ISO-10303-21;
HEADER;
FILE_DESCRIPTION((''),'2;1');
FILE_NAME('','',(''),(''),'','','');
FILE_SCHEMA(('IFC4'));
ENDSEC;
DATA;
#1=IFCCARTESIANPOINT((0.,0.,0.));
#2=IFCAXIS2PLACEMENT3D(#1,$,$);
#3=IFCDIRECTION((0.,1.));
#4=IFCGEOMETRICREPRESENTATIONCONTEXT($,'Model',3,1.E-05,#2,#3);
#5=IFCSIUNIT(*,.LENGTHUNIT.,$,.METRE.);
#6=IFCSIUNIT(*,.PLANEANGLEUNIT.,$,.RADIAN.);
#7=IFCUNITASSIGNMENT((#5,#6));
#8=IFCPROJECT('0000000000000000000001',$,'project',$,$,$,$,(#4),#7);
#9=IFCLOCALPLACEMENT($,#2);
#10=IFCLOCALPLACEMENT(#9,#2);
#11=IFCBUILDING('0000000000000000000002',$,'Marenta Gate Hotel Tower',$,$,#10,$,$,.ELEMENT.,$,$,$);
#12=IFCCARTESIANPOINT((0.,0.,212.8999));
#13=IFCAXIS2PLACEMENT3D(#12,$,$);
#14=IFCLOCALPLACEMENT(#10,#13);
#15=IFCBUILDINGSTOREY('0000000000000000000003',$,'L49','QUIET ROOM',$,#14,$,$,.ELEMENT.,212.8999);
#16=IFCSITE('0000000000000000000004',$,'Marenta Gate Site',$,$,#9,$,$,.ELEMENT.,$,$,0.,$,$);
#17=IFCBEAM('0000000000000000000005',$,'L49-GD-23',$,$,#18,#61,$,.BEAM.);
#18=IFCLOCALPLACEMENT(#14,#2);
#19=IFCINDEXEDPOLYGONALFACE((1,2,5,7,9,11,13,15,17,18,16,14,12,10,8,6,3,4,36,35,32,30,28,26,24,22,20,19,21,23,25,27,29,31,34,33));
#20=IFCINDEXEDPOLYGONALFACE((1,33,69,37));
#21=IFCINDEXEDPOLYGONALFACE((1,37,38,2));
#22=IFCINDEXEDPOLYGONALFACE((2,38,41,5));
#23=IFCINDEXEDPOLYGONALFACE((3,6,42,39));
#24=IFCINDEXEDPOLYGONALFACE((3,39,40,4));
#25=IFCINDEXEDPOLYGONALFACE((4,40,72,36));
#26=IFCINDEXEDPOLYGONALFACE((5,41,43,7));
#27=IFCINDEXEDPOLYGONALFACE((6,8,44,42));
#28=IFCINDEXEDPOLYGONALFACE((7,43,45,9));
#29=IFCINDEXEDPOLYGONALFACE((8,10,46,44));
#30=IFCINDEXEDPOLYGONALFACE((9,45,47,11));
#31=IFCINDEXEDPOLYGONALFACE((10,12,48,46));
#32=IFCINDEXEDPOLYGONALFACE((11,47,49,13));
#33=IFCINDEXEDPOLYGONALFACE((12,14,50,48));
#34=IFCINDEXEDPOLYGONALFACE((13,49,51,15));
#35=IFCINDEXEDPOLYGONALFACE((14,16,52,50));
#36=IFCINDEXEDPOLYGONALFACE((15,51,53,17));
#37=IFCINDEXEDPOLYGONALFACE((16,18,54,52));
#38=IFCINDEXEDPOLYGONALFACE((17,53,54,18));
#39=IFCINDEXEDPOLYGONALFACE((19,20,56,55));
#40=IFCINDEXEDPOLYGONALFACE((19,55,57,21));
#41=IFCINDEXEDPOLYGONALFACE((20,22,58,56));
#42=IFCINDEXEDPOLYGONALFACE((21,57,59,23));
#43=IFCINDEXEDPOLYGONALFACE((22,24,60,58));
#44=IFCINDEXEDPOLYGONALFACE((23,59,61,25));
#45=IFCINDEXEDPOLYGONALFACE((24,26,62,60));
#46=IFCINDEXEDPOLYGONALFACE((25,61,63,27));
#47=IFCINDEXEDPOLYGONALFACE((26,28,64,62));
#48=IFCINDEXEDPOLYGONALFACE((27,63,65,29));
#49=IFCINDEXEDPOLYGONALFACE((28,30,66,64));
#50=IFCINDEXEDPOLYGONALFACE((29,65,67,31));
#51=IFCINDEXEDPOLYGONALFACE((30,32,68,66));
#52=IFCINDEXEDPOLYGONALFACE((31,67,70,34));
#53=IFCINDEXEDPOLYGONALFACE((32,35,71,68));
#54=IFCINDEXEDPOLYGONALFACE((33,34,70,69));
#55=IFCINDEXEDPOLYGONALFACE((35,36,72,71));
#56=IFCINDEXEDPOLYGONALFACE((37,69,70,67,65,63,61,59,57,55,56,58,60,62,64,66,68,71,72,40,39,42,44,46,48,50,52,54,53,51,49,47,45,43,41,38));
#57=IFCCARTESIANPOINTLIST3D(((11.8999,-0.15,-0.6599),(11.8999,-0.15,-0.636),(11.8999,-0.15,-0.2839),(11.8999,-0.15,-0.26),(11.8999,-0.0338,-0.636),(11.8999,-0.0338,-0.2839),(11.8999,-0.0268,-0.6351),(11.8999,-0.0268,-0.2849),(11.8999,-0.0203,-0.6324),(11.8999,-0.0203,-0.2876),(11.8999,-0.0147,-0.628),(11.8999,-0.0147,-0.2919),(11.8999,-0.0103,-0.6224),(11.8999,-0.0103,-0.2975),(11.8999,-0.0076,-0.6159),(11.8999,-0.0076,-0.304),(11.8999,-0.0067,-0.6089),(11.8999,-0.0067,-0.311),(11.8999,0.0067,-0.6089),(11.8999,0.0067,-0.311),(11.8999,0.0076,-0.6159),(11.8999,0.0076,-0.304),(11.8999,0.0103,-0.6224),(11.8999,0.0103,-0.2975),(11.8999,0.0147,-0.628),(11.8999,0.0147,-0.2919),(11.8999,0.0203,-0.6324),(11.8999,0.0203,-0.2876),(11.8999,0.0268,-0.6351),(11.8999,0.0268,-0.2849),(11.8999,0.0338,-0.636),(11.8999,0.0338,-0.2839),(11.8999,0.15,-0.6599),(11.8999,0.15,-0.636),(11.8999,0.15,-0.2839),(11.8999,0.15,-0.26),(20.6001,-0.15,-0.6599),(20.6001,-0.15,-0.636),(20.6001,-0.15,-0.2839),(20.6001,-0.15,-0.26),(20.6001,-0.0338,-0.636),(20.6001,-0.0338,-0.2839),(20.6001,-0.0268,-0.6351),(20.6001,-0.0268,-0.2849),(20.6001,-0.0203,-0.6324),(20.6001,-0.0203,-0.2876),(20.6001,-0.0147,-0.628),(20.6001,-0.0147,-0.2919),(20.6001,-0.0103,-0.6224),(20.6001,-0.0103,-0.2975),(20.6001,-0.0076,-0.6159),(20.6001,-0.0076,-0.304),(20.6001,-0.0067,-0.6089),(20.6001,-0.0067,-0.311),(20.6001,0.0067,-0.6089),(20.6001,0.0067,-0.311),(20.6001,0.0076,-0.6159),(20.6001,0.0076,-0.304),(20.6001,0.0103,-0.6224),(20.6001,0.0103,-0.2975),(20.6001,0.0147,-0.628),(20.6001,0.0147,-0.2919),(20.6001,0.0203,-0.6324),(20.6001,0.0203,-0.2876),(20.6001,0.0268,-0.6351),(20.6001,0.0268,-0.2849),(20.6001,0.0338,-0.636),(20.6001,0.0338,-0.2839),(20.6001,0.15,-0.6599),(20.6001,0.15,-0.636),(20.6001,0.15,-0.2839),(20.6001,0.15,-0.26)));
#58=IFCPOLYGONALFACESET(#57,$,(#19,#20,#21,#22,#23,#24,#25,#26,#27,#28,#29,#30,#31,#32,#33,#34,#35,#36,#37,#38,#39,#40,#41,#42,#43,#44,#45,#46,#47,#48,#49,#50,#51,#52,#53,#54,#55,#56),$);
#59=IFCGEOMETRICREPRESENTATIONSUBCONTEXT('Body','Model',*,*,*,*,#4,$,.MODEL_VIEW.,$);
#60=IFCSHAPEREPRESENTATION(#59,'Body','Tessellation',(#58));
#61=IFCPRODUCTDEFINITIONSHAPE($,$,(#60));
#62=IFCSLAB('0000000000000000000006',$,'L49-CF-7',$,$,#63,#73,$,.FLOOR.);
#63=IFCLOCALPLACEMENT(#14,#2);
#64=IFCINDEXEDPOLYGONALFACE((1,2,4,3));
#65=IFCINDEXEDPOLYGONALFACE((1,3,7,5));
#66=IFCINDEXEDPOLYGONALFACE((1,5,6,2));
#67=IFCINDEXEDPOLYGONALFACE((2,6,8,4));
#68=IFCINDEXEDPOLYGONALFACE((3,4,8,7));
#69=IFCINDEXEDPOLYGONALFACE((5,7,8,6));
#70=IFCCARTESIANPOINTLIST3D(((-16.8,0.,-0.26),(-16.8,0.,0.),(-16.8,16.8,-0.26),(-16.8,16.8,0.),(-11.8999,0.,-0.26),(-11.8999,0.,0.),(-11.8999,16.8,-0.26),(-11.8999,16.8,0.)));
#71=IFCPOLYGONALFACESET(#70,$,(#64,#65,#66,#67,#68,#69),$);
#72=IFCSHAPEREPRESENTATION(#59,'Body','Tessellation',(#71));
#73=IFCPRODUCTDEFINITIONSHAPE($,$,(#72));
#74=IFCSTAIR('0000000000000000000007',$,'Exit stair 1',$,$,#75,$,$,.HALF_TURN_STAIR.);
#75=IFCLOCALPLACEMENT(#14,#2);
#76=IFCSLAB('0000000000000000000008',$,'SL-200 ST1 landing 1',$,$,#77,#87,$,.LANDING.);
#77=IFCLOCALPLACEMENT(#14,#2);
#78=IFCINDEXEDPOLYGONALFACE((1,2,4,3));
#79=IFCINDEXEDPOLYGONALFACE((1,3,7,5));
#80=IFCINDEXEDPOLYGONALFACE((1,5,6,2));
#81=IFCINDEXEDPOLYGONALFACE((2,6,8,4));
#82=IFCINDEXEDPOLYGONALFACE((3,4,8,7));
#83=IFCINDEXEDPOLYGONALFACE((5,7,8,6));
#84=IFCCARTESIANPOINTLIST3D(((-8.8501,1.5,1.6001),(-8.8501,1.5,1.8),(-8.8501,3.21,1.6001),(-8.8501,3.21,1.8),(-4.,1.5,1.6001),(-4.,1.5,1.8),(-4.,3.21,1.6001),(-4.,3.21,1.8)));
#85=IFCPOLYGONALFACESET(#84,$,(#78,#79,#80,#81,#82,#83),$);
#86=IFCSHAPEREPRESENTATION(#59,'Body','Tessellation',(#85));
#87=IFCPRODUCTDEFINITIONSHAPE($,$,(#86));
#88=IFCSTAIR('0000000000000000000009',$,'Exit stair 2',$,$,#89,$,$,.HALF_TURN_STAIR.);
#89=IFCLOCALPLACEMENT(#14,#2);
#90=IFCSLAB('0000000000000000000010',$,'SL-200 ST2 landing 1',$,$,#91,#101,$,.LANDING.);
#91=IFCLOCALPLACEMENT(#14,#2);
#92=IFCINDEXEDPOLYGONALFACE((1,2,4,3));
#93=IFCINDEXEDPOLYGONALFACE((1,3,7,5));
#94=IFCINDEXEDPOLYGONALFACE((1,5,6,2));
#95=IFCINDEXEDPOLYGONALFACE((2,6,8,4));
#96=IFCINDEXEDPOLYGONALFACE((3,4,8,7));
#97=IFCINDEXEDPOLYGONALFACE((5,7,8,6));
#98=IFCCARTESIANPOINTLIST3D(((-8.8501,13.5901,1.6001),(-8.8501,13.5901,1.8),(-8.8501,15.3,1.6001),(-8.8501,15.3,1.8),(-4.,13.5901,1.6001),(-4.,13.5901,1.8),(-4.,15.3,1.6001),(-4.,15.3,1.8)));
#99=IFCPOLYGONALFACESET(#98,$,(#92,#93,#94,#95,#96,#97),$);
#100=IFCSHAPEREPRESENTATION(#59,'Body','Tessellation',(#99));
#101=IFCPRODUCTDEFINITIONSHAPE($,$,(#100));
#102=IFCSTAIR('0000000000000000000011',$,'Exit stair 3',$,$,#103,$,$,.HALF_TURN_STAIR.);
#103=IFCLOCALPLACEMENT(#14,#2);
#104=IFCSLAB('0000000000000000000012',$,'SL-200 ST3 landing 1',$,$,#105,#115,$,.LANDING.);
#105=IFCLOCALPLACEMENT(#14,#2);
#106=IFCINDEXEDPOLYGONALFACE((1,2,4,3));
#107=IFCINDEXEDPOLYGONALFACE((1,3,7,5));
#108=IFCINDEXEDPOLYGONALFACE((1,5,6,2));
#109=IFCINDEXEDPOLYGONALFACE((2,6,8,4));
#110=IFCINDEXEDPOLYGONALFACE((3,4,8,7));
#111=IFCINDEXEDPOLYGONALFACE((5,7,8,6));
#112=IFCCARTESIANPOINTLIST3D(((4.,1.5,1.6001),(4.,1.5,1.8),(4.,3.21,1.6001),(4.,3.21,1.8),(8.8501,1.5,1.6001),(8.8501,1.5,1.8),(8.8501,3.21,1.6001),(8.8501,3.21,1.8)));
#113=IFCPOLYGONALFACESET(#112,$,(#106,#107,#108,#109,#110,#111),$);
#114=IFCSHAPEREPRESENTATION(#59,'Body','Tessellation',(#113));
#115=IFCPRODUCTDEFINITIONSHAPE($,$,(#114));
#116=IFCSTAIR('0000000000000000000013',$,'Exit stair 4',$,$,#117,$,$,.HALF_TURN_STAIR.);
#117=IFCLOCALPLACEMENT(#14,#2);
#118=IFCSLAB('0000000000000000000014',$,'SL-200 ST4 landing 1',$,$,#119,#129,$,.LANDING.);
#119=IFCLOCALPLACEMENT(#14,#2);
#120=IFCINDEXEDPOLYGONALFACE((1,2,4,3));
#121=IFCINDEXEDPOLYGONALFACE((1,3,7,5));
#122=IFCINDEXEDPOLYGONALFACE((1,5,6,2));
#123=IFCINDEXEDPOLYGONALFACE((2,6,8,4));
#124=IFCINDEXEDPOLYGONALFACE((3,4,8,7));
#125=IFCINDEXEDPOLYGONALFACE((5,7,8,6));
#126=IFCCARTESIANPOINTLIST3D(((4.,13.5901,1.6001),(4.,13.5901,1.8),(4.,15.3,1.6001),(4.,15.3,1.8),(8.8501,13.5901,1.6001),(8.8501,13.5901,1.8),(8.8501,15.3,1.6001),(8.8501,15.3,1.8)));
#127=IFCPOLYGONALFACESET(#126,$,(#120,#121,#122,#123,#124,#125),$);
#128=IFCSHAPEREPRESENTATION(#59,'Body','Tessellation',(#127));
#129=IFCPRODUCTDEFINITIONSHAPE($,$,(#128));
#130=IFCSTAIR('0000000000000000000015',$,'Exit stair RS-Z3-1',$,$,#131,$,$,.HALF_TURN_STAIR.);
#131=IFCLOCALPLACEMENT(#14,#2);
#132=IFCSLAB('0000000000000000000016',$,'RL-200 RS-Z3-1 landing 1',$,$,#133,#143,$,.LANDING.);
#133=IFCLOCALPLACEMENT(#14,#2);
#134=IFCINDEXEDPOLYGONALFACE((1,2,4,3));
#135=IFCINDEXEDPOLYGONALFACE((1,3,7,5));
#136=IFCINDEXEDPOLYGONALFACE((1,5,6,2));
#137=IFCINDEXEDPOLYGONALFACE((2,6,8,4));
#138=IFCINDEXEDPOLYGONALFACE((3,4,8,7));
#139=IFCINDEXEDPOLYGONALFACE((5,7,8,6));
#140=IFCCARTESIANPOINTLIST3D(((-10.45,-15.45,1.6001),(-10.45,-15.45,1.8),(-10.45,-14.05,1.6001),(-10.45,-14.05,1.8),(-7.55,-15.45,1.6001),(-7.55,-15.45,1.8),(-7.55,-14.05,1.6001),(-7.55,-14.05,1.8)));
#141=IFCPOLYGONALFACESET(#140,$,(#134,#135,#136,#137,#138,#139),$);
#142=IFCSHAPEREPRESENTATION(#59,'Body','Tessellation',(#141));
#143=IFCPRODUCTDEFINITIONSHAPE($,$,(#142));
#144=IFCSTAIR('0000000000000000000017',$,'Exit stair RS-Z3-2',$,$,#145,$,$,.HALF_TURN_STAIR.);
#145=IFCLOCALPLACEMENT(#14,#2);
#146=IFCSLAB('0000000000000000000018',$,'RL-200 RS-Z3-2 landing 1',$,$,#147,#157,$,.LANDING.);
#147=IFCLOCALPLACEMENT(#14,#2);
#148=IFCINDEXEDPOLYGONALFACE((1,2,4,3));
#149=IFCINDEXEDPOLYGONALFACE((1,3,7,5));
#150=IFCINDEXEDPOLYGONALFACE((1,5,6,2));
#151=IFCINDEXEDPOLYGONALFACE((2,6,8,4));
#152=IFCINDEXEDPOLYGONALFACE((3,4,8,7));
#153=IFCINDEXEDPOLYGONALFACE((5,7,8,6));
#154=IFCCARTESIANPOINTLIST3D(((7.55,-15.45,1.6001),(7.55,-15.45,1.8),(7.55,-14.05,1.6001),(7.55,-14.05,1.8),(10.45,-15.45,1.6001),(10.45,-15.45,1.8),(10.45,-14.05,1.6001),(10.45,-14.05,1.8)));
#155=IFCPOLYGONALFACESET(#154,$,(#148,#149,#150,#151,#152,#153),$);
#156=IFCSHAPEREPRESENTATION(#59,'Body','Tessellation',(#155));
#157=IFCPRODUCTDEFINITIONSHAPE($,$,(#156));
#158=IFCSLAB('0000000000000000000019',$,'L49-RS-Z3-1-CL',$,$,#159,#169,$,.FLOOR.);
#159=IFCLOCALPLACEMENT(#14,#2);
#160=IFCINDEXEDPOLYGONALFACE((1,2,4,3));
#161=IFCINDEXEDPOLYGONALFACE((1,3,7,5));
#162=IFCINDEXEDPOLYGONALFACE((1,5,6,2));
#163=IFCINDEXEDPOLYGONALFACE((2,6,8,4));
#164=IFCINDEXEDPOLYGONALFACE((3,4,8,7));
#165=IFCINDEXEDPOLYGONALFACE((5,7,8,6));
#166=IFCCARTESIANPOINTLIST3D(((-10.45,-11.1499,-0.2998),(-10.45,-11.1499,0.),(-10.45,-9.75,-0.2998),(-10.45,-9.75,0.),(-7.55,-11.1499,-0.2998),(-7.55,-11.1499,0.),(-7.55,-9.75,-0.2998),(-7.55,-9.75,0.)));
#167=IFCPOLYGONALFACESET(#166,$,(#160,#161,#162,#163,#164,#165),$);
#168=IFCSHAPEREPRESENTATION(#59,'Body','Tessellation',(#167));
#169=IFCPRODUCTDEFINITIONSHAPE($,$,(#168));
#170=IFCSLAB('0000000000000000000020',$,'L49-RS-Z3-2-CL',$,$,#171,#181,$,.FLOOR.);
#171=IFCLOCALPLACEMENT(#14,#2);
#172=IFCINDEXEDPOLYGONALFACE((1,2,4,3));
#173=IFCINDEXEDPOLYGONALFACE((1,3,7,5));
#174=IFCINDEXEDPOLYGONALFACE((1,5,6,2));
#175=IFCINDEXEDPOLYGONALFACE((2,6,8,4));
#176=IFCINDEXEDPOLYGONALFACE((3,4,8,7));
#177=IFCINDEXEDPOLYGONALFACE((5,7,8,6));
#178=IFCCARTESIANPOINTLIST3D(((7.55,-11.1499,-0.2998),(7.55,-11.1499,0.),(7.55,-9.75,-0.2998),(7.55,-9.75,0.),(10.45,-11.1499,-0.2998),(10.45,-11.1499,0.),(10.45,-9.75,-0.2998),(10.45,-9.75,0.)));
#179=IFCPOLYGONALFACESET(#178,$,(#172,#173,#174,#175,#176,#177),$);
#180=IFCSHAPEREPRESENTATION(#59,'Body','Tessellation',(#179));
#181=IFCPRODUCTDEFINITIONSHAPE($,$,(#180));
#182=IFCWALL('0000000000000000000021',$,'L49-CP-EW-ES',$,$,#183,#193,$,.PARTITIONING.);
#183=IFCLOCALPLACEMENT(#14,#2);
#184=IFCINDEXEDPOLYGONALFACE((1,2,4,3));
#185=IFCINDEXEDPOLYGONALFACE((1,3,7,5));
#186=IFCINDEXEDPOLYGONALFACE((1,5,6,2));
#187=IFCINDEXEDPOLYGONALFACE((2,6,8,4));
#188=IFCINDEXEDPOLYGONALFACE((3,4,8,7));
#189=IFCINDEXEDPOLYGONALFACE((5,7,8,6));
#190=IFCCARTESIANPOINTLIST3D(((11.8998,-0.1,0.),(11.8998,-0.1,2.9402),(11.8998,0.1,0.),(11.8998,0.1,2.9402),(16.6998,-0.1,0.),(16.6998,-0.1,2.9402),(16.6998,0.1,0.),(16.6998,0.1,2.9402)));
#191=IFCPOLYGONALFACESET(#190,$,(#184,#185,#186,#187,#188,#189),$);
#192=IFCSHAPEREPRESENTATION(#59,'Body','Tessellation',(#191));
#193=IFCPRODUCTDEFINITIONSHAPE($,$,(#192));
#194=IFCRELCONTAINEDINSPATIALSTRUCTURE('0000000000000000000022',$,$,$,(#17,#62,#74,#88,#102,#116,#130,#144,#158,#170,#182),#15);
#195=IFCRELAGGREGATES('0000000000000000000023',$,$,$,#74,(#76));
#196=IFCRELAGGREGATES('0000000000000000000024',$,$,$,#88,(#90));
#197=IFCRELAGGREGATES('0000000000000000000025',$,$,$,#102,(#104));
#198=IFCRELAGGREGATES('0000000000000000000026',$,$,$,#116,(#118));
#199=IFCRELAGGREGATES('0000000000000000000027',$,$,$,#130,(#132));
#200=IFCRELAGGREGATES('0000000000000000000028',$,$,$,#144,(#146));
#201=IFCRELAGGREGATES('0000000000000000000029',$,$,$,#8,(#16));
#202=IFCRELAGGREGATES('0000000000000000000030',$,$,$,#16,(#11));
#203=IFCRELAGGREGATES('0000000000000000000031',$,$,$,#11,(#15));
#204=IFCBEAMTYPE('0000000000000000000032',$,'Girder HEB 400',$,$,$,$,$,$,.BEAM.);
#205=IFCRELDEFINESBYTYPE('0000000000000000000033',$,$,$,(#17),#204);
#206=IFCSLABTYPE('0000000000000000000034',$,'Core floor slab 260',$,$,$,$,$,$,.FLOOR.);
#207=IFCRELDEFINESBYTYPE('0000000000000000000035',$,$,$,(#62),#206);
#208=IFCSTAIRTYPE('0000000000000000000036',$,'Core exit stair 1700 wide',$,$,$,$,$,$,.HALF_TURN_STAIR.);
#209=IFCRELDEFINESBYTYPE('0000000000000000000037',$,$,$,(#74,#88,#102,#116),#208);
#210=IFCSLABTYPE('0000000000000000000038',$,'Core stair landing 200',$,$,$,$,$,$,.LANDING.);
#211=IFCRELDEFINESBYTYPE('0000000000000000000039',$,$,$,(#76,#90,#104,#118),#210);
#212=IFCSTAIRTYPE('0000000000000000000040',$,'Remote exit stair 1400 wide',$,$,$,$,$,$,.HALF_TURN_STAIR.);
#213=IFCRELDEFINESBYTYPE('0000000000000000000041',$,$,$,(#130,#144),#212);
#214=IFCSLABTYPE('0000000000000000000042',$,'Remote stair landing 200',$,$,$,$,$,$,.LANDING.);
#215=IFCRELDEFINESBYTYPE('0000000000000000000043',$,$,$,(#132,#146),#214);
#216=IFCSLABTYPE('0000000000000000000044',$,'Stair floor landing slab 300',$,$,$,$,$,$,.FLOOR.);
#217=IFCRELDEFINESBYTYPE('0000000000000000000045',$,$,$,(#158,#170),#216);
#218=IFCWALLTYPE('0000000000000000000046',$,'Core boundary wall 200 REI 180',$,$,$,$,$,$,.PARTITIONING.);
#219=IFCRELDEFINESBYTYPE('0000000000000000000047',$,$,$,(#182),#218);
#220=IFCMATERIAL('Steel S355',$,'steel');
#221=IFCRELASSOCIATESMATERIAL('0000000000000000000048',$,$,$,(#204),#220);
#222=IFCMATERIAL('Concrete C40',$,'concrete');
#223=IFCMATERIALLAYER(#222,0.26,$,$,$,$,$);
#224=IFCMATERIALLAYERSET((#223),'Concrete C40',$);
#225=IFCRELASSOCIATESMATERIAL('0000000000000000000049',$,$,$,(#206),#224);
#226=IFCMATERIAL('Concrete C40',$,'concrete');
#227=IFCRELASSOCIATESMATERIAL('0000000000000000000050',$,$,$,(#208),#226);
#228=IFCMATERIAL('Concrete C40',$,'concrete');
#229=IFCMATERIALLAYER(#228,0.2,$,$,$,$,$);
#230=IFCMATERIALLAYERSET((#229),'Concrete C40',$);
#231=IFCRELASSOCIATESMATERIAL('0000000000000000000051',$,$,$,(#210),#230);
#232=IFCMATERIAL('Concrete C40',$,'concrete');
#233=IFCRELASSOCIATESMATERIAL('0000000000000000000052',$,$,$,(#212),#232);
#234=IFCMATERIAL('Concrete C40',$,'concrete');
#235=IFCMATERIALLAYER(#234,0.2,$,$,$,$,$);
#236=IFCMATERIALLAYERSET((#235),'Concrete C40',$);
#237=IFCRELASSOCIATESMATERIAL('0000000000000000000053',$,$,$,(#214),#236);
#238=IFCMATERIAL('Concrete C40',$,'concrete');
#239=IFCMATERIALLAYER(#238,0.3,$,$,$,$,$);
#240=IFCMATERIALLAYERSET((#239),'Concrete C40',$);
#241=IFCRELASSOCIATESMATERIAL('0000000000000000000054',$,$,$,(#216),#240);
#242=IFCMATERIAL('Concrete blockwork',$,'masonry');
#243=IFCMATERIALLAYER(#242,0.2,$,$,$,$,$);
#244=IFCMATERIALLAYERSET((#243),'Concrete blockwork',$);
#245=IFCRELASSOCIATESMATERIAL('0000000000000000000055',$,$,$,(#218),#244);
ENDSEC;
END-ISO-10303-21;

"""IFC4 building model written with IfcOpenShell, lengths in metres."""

from ifc_helpers import new_model, si_unit, direction, frame, frame_2d, origin, origin_2d, place, context, subcontext, project, spatial, polyline, rectangle, i_section, outline, extrude, material, layer, layer_set, material_profile, profile_set, type_object, element, aggregate, save


model = new_model("IFC4")

# Units and contexts
model_context = context("Model", 3, precision=1e-05, world=origin(), true_north=direction((0.0, 1.0)))
body_context = subcontext(model_context, "Body", "Model", "MODEL_VIEW")
ifc_project = project(units=[si_unit("LENGTHUNIT", "METRE"), si_unit("PLANEANGLEUNIT", "RADIAN")], contexts=[model_context])

# Site, building, storey
site_placement = place(None, origin())
site = spatial("IfcSite", under=ifc_project, at=site_placement, Name="Marenta Gate Site", CompositionType="ELEMENT", RefElevation=0.0)
building_placement = place(site_placement, origin())
building = spatial("IfcBuilding", under=site, at=building_placement, Name="Marenta Gate Hotel Tower", CompositionType="ELEMENT")
storey_placement = place(building_placement, frame((0.0, 0.0, 212.8999)))
storey = spatial("IfcBuildingStorey", under=building, at=storey_placement, Name="L49", Description="QUIET ROOM", CompositionType="ELEMENT", Elevation=212.8999)

# Beam
ifc_material_1 = material(Name="Steel S355", Category="steel")
ifc_material_profile = material_profile(ifc_material_1, i_section(OverallWidth=0.3, OverallDepth=0.3999, WebThickness=0.0134, FlangeThickness=0.0239, FilletRadius=0.0271, at=origin_2d()), Name="HEB 400")
ifc_profile_set = profile_set([ifc_material_profile], Name="Steel S355")
beam_type = type_object("IfcBeamType", Name="Girder HEB 400", PredefinedType="BEAM", material=ifc_profile_set)
beam_placement = place(storey_placement, frame((11.8999, 0.0, -0.46), z_axis=(1.0, 0.0, 0.0), x_axis=(0.0, 1.0, 0.0)))
element("IfcBeam", 1, at=beam_placement, inside=storey, type_object=beam_type, Name="L49-GD-23", PredefinedType="BEAM", context=body_context, shape_type="SweptSolid", body=[
    extrude(i_section(OverallWidth=0.3, OverallDepth=0.3999, WebThickness=0.0134, FlangeThickness=0.0239, FilletRadius=0.0271, at=origin_2d()), origin(), (0.0, 0.0, 1.0), 8.7002),
])

# Slab
ifc_material_2 = material(Name="Concrete C40", Category="concrete")
ifc_layer_1 = layer(ifc_material_2, 0.26)
ifc_layer_set_1 = layer_set([ifc_layer_1], Name="Concrete C40")
slab_type_1 = type_object("IfcSlabType", Name="Core floor slab 260", PredefinedType="FLOOR", material=ifc_layer_set_1)
slab_1_placement = place(storey_placement, frame((0.0, 0.0, -0.26)))
element("IfcSlab", 2, at=slab_1_placement, inside=storey, type_object=slab_type_1, Name="L49-CF-7", PredefinedType="FLOOR", context=body_context, shape_type="SweptSolid", body=[
    extrude(outline(polyline([(-11.8999, 16.8), (-11.8999, 0.0), (-16.8, 0.0), (-16.8, 16.8), (-11.8999, 16.8)])), origin(), (0.0, 0.0, 1.0), 0.26),
])

# Stairs, slabs
ifc_material_3 = material(Name="Concrete C40", Category="concrete")
stair_type_1 = type_object("IfcStairType", Name="Core exit stair 1700 wide", PredefinedType="HALF_TURN_STAIR", material=ifc_material_3)
stair_1_placement = place(storey_placement, origin())
stair_1 = element("IfcStair", 3, at=stair_1_placement, inside=storey, type_object=stair_type_1, Name="Exit stair 1", PredefinedType="HALF_TURN_STAIR")
ifc_material_4 = material(Name="Concrete C40", Category="concrete")
ifc_layer_2 = layer(ifc_material_4, 0.2)
ifc_layer_set_2 = layer_set([ifc_layer_2], Name="Concrete C40")
slab_type_2 = type_object("IfcSlabType", Name="Core stair landing 200", PredefinedType="LANDING", material=ifc_layer_set_2)
slab_2_placement = place(storey_placement, frame((0.0, 0.0, 1.6001)))
slab_2 = element("IfcSlab", 4, at=slab_2_placement, type_object=slab_type_2, Name="SL-200 ST1 landing 1", PredefinedType="LANDING", context=body_context, shape_type="SweptSolid", body=[
    extrude(outline(polyline([(-8.8501, 1.5), (-4.0, 1.5), (-4.0, 3.21), (-8.8501, 3.21), (-8.8501, 1.5)])), origin(), (0.0, 0.0, 1.0), 0.2),
])
aggregate(stair_1, [slab_2])
stair_2_placement = place(storey_placement, origin())
stair_2 = element("IfcStair", 5, at=stair_2_placement, inside=storey, type_object=stair_type_1, Name="Exit stair 2", PredefinedType="HALF_TURN_STAIR")
slab_3_placement = place(storey_placement, frame((0.0, 0.0, 1.6001)))
slab_3 = element("IfcSlab", 6, at=slab_3_placement, type_object=slab_type_2, Name="SL-200 ST2 landing 1", PredefinedType="LANDING", context=body_context, shape_type="SweptSolid", body=[
    extrude(outline(polyline([(-8.8501, 13.5901), (-4.0, 13.5901), (-4.0, 15.3), (-8.8501, 15.3), (-8.8501, 13.5901)])), origin(), (0.0, 0.0, 1.0), 0.2),
])
aggregate(stair_2, [slab_3])
stair_3_placement = place(storey_placement, origin())
stair_3 = element("IfcStair", 7, at=stair_3_placement, inside=storey, type_object=stair_type_1, Name="Exit stair 3", PredefinedType="HALF_TURN_STAIR")
slab_4_placement = place(storey_placement, frame((0.0, 0.0, 1.6001)))
slab_4 = element("IfcSlab", 8, at=slab_4_placement, type_object=slab_type_2, Name="SL-200 ST3 landing 1", PredefinedType="LANDING", context=body_context, shape_type="SweptSolid", body=[
    extrude(outline(polyline([(4.0, 1.5), (8.8501, 1.5), (8.8501, 3.21), (4.0, 3.21), (4.0, 1.5)])), origin(), (0.0, 0.0, 1.0), 0.2),
])
aggregate(stair_3, [slab_4])
stair_4_placement = place(storey_placement, origin())
stair_4 = element("IfcStair", 9, at=stair_4_placement, inside=storey, type_object=stair_type_1, Name="Exit stair 4", PredefinedType="HALF_TURN_STAIR")
slab_5_placement = place(storey_placement, frame((0.0, 0.0, 1.6001)))
slab_5 = element("IfcSlab", 10, at=slab_5_placement, type_object=slab_type_2, Name="SL-200 ST4 landing 1", PredefinedType="LANDING", context=body_context, shape_type="SweptSolid", body=[
    extrude(outline(polyline([(4.0, 13.5901), (8.8501, 13.5901), (8.8501, 15.3), (4.0, 15.3), (4.0, 13.5901)])), origin(), (0.0, 0.0, 1.0), 0.2),
])
aggregate(stair_4, [slab_5])
ifc_material_5 = material(Name="Concrete C40", Category="concrete")
stair_type_2 = type_object("IfcStairType", Name="Remote exit stair 1400 wide", PredefinedType="HALF_TURN_STAIR", material=ifc_material_5)
stair_5_placement = place(storey_placement, origin())
stair_5 = element("IfcStair", 11, at=stair_5_placement, inside=storey, type_object=stair_type_2, Name="Exit stair RS-Z3-1", PredefinedType="HALF_TURN_STAIR")
ifc_material_6 = material(Name="Concrete C40", Category="concrete")
ifc_layer_3 = layer(ifc_material_6, 0.2)
ifc_layer_set_3 = layer_set([ifc_layer_3], Name="Concrete C40")
slab_type_3 = type_object("IfcSlabType", Name="Remote stair landing 200", PredefinedType="LANDING", material=ifc_layer_set_3)
slab_6_placement = place(storey_placement, frame((0.0, 0.0, 1.6001)))
slab_6 = element("IfcSlab", 12, at=slab_6_placement, type_object=slab_type_3, Name="RL-200 RS-Z3-1 landing 1", PredefinedType="LANDING", context=body_context, shape_type="SweptSolid", body=[
    extrude(outline(polyline([(-10.45, -15.45), (-7.55, -15.45), (-7.55, -14.05), (-10.45, -14.05), (-10.45, -15.45)])), origin(), (0.0, 0.0, 1.0), 0.2),
])
aggregate(stair_5, [slab_6])
stair_6_placement = place(storey_placement, origin())
stair_6 = element("IfcStair", 13, at=stair_6_placement, inside=storey, type_object=stair_type_2, Name="Exit stair RS-Z3-2", PredefinedType="HALF_TURN_STAIR")
slab_7_placement = place(storey_placement, frame((0.0, 0.0, 1.6001)))
slab_7 = element("IfcSlab", 14, at=slab_7_placement, type_object=slab_type_3, Name="RL-200 RS-Z3-2 landing 1", PredefinedType="LANDING", context=body_context, shape_type="SweptSolid", body=[
    extrude(outline(polyline([(7.55, -15.45), (10.45, -15.45), (10.45, -14.05), (7.55, -14.05), (7.55, -15.45)])), origin(), (0.0, 0.0, 1.0), 0.2),
])
aggregate(stair_6, [slab_7])

# Slabs
ifc_material_7 = material(Name="Concrete C40", Category="concrete")
ifc_layer_4 = layer(ifc_material_7, 0.3)
ifc_layer_set_4 = layer_set([ifc_layer_4], Name="Concrete C40")
slab_type_4 = type_object("IfcSlabType", Name="Stair floor landing slab 300", PredefinedType="FLOOR", material=ifc_layer_set_4)
slab_8_placement = place(storey_placement, frame((0.0, 0.0, -0.2998)))
element("IfcSlab", 15, at=slab_8_placement, inside=storey, type_object=slab_type_4, Name="L49-RS-Z3-1-CL", PredefinedType="FLOOR", context=body_context, shape_type="SweptSolid", body=[
    extrude(outline(polyline([(-7.55, -11.1499), (-7.55, -9.75), (-10.45, -9.75), (-10.45, -11.1499), (-7.55, -11.1499)])), origin(), (0.0, 0.0, 1.0), 0.2998),
])
slab_9_placement = place(storey_placement, frame((0.0, 0.0, -0.2998)))
element("IfcSlab", 16, at=slab_9_placement, inside=storey, type_object=slab_type_4, Name="L49-RS-Z3-2-CL", PredefinedType="FLOOR", context=body_context, shape_type="SweptSolid", body=[
    extrude(outline(polyline([(10.45, -11.1499), (10.45, -9.75), (7.55, -9.75), (7.55, -11.1499), (10.45, -11.1499)])), origin(), (0.0, 0.0, 1.0), 0.2998),
])

# Wall
ifc_material_8 = material(Name="Concrete blockwork", Category="masonry")
ifc_layer_5 = layer(ifc_material_8, 0.2)
ifc_layer_set_5 = layer_set([ifc_layer_5], Name="Concrete blockwork")
wall_type_1 = type_object("IfcWallType", Name="Core boundary wall 200 REI 180", PredefinedType="PARTITIONING", material=ifc_layer_set_5)
wall_1_placement = place(storey_placement, frame((11.8999, 0.0, 0.0), z_axis=(0.0, 0.0, 1.0), x_axis=(1.0, 0.0, 0.0)))
element("IfcWall", 17, at=wall_1_placement, inside=storey, type_object=wall_type_1, Name="L49-CP-EW-ES", PredefinedType="PARTITIONING", context=body_context, shape_type="SweptSolid", body=[
    extrude(rectangle(XDim=4.8, YDim=0.2, at=frame_2d((2.3999, 0.0))), origin(), (0.0, 0.0, 1.0), 2.9402),
])

save(model, "model.ifc")
